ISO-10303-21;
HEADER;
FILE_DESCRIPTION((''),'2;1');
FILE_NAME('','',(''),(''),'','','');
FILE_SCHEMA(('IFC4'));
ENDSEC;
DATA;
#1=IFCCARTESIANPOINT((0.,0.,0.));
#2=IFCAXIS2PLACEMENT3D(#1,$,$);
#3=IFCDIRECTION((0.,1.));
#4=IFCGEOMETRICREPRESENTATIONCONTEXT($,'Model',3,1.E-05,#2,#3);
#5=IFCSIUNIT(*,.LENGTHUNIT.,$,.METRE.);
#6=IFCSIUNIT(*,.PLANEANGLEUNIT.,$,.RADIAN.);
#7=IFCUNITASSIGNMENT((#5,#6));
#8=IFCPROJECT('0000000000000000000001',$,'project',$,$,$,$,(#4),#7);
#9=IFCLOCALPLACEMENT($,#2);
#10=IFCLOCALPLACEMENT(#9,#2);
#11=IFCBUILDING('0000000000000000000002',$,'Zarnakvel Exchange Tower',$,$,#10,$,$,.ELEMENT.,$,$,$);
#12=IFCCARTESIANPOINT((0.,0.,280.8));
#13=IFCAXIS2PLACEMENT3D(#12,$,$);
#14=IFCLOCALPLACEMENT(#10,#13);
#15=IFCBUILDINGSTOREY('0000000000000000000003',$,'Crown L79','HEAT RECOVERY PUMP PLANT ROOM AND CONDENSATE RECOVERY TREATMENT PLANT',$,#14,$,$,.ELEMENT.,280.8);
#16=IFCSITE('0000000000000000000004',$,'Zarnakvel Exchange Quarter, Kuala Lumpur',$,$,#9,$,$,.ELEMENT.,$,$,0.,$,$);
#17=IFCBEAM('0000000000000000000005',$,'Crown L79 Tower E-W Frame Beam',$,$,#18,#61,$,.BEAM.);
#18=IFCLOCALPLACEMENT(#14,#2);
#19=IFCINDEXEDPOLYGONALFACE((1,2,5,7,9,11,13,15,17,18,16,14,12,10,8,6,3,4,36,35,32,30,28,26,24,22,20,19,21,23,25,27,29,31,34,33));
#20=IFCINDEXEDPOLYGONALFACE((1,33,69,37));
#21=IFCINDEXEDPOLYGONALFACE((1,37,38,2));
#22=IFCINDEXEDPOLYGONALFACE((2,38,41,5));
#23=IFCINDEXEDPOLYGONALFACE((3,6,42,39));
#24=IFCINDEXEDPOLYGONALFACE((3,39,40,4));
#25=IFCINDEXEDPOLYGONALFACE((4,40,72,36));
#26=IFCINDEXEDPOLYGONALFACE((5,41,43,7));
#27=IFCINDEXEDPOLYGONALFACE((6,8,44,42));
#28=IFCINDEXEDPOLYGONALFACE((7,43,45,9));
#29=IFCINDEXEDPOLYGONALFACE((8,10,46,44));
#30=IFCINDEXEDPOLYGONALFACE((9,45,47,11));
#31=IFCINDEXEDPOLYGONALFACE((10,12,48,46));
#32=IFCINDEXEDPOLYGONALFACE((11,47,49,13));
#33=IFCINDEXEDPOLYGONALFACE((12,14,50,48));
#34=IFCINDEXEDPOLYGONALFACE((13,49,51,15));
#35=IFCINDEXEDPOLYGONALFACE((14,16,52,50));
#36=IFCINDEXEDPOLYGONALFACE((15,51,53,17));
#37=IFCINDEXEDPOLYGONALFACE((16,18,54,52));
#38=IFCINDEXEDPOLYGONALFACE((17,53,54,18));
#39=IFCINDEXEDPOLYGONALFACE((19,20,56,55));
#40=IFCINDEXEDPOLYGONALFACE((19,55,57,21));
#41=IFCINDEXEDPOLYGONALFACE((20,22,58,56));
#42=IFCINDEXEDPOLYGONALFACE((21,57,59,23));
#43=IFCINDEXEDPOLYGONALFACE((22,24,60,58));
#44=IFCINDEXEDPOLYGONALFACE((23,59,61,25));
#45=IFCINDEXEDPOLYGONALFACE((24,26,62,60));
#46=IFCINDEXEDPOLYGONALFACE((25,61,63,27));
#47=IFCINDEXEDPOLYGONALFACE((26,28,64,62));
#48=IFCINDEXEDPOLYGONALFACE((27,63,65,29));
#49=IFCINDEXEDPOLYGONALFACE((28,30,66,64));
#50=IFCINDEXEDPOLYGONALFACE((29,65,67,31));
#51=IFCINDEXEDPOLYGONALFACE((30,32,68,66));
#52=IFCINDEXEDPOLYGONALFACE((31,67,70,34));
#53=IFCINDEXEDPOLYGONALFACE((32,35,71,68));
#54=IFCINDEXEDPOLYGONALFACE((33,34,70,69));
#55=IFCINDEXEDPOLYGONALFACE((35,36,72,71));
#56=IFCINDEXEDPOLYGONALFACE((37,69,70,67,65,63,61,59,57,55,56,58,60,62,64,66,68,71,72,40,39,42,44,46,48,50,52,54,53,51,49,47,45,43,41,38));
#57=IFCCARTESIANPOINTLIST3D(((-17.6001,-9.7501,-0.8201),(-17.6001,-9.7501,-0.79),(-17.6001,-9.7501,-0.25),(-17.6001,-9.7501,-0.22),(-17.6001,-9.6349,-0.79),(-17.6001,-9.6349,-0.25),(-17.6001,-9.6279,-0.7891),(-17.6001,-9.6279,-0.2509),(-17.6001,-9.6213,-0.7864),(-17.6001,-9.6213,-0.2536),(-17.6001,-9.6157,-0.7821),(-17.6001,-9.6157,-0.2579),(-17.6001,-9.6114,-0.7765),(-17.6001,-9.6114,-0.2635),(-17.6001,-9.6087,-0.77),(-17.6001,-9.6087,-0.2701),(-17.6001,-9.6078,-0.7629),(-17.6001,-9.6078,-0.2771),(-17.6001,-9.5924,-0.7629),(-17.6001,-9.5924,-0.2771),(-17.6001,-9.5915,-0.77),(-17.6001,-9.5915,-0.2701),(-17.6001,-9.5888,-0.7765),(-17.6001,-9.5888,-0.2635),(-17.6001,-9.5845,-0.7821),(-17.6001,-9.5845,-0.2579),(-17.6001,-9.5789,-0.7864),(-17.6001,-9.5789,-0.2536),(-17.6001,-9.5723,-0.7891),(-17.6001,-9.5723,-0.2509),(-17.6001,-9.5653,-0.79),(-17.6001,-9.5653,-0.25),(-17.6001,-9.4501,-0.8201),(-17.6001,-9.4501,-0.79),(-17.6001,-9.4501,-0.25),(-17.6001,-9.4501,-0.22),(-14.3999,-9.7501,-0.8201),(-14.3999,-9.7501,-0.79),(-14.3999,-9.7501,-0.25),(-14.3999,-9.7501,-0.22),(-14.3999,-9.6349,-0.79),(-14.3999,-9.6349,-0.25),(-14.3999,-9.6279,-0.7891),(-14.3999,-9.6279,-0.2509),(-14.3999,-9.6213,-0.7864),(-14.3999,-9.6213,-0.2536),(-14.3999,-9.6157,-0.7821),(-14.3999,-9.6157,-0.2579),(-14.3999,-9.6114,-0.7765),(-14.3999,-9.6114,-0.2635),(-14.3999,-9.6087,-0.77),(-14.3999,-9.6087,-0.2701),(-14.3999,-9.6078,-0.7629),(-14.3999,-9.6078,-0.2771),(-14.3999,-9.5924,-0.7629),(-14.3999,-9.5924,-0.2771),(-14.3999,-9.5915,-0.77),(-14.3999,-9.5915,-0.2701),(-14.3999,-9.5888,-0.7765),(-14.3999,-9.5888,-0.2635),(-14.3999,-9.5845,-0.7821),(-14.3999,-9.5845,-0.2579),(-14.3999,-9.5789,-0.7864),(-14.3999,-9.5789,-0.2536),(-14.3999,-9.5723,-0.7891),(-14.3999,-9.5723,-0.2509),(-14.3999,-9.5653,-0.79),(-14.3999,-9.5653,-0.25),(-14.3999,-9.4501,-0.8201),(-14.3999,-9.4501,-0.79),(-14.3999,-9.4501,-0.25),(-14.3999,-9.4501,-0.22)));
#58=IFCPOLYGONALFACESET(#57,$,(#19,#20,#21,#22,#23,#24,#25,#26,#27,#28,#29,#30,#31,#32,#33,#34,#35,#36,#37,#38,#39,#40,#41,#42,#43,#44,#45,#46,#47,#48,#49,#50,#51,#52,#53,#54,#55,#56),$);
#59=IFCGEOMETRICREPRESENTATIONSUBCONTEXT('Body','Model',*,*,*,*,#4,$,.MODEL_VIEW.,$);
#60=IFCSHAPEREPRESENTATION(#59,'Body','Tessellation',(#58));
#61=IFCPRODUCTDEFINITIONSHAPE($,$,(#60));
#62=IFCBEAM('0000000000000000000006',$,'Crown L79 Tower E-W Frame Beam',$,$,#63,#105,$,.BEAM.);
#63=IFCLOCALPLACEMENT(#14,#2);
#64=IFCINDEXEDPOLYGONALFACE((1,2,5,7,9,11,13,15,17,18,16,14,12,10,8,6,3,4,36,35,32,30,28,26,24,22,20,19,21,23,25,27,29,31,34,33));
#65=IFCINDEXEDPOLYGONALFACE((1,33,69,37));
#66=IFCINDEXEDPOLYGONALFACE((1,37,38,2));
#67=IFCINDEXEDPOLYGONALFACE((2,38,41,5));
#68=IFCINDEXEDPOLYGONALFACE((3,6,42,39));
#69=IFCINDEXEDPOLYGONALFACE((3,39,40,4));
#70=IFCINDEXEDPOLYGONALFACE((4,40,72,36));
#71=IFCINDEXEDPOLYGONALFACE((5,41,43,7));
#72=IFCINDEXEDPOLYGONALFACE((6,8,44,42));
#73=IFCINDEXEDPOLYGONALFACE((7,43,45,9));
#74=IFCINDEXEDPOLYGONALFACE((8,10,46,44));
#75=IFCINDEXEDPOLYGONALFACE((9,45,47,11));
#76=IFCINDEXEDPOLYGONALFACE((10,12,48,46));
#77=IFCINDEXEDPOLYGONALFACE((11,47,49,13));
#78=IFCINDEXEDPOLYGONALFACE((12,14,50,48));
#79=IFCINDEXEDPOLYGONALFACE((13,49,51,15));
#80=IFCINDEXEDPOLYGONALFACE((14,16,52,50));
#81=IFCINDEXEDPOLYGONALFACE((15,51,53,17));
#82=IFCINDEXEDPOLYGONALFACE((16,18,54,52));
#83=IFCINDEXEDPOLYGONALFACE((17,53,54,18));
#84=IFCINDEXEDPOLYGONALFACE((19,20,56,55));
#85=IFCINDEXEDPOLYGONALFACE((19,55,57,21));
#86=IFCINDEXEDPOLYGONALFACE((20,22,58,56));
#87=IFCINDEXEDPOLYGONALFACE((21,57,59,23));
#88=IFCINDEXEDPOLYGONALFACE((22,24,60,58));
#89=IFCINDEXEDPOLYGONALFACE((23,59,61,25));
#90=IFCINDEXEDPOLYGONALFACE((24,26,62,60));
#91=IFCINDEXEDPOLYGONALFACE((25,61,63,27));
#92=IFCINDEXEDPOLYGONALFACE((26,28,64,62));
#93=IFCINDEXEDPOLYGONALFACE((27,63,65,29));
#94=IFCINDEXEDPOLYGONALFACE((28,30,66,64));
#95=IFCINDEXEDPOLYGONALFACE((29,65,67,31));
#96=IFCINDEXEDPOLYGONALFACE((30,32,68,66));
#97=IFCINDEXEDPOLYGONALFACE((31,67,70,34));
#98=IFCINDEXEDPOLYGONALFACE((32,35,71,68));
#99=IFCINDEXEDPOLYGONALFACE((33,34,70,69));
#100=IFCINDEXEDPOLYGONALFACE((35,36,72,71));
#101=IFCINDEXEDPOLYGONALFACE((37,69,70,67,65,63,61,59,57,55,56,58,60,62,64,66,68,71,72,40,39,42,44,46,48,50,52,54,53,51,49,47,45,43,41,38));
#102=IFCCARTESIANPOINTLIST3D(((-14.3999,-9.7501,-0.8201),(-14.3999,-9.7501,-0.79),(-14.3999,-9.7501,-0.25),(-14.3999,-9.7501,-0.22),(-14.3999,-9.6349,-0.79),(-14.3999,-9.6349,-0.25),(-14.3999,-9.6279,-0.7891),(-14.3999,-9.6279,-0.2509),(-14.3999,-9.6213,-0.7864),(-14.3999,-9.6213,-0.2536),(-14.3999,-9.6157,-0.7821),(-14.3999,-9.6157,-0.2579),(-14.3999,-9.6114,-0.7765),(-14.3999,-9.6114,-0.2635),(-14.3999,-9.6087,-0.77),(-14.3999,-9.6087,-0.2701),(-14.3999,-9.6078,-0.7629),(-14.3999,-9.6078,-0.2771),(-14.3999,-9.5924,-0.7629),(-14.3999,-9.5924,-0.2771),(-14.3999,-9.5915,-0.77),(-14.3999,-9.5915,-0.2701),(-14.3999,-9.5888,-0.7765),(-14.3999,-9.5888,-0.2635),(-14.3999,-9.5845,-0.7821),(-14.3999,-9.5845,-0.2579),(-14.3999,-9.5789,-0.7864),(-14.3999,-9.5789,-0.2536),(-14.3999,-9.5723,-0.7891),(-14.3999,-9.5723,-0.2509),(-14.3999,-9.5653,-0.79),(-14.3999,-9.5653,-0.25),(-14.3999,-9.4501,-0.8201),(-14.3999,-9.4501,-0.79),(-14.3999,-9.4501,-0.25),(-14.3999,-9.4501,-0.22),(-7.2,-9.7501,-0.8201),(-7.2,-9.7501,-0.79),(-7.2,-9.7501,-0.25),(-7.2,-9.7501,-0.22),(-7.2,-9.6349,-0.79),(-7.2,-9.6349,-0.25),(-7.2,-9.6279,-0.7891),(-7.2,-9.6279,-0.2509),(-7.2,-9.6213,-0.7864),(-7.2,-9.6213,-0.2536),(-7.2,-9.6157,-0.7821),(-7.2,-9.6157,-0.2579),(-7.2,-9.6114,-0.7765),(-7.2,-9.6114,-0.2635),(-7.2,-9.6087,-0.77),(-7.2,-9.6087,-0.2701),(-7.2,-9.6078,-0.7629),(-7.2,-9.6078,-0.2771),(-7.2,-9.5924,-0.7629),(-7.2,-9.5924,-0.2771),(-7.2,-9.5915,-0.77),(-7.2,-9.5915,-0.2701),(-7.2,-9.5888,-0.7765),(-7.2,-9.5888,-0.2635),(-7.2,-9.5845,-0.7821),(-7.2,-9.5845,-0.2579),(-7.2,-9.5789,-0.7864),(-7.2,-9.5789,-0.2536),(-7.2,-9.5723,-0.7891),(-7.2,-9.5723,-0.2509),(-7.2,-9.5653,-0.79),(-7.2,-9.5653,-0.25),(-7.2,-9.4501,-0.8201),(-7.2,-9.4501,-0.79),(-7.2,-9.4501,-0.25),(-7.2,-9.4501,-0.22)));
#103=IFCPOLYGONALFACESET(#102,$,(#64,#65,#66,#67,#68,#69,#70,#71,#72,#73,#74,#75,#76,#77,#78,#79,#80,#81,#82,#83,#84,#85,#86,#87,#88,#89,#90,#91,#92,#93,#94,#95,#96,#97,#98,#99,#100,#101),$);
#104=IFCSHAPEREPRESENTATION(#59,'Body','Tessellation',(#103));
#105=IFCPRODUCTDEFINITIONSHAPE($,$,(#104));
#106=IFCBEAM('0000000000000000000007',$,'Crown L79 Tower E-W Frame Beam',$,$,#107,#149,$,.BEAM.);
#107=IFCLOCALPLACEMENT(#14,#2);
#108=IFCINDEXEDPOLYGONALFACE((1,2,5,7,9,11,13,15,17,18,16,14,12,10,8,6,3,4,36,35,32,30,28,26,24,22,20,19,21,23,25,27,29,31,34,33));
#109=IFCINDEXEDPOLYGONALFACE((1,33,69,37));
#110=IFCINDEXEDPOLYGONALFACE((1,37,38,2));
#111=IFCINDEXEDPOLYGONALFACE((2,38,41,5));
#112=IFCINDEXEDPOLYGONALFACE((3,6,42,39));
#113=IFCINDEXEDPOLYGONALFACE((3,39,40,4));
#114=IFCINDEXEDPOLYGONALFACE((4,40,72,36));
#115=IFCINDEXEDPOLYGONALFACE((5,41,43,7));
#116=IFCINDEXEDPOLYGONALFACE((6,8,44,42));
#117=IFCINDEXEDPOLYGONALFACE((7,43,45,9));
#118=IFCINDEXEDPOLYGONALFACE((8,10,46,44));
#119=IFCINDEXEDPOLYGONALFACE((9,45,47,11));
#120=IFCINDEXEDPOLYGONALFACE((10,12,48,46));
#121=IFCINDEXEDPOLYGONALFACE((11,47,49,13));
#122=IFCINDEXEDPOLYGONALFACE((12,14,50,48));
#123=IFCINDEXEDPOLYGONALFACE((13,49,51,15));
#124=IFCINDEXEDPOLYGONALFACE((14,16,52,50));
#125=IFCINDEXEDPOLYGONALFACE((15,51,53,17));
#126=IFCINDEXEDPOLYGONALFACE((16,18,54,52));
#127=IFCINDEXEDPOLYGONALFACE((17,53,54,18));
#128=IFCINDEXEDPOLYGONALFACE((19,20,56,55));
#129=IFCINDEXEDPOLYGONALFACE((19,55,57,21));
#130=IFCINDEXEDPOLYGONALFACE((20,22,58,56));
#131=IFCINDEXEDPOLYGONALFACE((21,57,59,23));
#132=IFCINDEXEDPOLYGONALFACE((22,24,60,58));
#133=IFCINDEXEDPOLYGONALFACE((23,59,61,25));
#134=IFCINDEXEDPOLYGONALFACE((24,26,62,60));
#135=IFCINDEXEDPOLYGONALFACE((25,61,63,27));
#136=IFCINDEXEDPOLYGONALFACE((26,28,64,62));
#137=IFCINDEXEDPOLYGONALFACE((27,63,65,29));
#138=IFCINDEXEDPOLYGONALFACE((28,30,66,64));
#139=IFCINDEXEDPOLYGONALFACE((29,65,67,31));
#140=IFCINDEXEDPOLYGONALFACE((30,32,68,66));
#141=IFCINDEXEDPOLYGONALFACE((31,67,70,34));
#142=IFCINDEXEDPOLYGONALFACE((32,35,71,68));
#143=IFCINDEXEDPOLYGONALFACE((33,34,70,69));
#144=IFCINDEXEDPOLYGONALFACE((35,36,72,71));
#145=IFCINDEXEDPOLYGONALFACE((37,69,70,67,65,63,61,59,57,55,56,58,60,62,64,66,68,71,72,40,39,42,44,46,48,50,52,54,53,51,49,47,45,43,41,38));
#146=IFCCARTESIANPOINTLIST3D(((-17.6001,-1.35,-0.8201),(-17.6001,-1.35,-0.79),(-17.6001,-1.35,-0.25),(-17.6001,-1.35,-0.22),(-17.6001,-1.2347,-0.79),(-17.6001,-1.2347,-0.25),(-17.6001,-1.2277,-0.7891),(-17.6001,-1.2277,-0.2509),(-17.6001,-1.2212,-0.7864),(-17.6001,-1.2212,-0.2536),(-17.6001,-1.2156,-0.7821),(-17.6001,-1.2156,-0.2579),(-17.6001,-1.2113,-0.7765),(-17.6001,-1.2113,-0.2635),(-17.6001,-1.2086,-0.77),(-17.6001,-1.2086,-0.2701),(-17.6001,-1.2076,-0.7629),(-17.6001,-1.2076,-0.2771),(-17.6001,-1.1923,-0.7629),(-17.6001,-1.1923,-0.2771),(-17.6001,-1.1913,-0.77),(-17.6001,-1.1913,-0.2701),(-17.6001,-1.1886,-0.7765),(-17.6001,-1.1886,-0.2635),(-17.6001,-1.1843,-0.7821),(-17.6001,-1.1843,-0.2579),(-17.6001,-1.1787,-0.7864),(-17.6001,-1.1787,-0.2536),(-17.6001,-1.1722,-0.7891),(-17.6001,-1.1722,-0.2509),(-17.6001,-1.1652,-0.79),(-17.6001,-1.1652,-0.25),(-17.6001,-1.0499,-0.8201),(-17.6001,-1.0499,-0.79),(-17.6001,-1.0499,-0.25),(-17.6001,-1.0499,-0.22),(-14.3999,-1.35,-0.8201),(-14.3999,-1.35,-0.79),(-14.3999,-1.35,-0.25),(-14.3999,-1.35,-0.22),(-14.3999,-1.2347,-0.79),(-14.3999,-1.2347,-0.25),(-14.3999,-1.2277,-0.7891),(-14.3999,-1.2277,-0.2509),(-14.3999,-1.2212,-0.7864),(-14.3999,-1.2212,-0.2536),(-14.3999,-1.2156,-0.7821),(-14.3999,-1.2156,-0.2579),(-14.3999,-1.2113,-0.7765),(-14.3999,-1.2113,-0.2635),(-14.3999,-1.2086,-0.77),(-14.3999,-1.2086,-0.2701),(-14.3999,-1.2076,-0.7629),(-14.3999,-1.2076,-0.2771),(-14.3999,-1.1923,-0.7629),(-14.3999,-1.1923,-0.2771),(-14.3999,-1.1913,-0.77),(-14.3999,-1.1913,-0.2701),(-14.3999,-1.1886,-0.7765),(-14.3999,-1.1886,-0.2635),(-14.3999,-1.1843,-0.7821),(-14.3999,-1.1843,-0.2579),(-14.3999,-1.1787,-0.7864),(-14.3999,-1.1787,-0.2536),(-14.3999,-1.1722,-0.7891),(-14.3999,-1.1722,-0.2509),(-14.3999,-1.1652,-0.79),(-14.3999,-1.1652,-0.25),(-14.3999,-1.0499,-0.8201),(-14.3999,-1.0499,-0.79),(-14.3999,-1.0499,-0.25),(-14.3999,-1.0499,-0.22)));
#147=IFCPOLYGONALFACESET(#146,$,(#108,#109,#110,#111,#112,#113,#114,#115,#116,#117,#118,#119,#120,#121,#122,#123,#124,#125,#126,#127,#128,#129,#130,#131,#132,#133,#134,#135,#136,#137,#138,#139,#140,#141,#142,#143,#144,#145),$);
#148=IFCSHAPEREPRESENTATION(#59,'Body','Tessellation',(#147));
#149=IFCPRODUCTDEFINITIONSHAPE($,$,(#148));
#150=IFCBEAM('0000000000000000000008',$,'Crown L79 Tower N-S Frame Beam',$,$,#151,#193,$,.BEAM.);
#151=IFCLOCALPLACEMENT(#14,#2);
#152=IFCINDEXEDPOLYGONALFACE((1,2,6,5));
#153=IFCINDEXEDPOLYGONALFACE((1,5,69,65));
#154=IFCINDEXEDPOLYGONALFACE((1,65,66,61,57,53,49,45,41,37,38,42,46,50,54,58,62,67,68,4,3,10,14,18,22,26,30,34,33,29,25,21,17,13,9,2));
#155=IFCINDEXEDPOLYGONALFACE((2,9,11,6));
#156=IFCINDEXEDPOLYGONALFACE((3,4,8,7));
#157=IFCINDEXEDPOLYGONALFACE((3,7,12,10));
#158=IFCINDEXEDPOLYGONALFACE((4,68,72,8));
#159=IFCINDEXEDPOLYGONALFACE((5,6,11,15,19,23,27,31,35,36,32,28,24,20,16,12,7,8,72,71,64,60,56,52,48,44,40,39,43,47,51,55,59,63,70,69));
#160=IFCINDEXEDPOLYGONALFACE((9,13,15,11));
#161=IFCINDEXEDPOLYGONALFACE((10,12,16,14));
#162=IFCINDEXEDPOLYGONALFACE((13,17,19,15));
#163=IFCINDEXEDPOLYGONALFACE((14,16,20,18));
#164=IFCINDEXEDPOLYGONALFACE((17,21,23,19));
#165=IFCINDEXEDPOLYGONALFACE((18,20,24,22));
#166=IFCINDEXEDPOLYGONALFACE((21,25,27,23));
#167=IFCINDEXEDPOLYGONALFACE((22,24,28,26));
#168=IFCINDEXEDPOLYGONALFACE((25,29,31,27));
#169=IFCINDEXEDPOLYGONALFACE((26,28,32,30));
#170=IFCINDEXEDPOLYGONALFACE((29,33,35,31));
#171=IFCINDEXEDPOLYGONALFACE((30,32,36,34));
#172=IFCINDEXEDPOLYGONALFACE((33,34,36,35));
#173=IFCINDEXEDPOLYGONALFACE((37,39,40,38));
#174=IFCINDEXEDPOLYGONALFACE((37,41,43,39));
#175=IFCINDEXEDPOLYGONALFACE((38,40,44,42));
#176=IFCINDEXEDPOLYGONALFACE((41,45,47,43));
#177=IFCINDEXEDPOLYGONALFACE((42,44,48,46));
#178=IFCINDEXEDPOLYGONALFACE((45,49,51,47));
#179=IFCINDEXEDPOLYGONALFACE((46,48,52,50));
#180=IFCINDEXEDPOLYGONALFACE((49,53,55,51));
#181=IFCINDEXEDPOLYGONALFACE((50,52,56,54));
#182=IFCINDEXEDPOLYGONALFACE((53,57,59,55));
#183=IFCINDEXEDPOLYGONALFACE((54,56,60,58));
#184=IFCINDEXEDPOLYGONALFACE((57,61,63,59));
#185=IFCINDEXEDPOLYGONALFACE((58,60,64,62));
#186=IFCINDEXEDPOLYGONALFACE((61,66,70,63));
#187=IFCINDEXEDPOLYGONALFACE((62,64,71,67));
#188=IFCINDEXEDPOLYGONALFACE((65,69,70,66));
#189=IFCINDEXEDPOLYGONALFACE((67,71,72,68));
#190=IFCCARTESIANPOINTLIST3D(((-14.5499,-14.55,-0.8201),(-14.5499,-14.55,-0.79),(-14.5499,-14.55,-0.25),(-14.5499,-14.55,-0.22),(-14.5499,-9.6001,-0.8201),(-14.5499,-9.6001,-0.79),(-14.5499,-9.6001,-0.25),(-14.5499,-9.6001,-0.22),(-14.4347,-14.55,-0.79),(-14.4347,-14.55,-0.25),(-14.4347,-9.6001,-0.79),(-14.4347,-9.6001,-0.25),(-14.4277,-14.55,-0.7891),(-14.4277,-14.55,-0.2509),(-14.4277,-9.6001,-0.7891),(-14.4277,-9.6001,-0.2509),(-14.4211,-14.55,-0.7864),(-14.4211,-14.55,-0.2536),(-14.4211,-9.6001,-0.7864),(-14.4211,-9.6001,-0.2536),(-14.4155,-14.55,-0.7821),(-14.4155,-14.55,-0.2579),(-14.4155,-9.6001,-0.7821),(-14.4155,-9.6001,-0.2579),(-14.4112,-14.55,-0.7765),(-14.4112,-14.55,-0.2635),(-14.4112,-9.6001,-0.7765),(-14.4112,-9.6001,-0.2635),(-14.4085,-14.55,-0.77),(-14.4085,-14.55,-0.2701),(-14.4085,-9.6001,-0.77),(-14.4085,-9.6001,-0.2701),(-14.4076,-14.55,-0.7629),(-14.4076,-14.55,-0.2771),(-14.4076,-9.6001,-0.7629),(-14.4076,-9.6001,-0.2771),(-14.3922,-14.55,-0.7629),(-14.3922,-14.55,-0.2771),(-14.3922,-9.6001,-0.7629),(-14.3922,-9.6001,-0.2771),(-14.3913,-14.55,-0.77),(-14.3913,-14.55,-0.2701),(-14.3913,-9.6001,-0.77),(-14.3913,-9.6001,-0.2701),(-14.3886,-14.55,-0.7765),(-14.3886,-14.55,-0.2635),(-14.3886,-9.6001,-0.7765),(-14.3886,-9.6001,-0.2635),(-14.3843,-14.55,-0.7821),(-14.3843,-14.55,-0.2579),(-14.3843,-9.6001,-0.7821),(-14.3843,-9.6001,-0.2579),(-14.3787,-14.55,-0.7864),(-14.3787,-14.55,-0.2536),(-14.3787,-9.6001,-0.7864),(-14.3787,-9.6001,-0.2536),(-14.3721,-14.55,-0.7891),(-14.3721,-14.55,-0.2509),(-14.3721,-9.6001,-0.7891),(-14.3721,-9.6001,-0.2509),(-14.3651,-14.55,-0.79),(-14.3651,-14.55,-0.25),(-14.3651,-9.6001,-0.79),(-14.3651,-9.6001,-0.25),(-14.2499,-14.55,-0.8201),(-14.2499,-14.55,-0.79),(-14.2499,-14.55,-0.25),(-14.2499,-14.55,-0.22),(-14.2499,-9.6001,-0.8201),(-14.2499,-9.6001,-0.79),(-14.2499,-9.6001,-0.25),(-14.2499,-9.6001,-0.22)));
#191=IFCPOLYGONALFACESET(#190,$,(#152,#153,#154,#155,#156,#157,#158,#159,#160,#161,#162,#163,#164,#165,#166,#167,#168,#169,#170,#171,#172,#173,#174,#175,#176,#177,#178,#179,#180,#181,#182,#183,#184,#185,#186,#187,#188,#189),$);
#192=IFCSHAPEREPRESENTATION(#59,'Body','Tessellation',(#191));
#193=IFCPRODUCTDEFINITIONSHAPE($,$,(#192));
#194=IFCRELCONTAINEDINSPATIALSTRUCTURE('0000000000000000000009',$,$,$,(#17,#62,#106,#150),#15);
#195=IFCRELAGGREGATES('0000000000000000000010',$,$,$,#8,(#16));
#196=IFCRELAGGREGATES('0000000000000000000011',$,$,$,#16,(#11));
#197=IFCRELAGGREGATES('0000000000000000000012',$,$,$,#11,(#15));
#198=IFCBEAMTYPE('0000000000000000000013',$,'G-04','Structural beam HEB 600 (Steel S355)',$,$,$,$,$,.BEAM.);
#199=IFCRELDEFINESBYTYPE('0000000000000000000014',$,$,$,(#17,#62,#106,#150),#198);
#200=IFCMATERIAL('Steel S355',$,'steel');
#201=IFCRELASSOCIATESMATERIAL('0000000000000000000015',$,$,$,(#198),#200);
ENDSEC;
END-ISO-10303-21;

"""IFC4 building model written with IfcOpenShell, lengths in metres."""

from ifc_helpers import new_model, si_unit, direction, frame, origin, origin_2d, place, context, subcontext, project, spatial, i_section, extrude, material, material_profile, profile_set, type_object, element, save


model = new_model("IFC4")

# Units and contexts
model_context = context("Model", 3, precision=1e-05, world=origin(), true_north=direction((0.0, 1.0)))
body_context = subcontext(model_context, "Body", "Model", "MODEL_VIEW")
ifc_project = project(units=[si_unit("LENGTHUNIT", "METRE"), si_unit("PLANEANGLEUNIT", "RADIAN")], contexts=[model_context])

# Site, building, storey
site_placement = place(None, origin())
site = spatial("IfcSite", under=ifc_project, at=site_placement, Name="Zarnakvel Exchange Quarter, Kuala Lumpur", CompositionType="ELEMENT", RefElevation=0.0)
building_placement = place(site_placement, origin())
building = spatial("IfcBuilding", under=site, at=building_placement, Name="Zarnakvel Exchange Tower", CompositionType="ELEMENT")
storey_placement = place(building_placement, frame((0.0, 0.0, 280.8)))
storey = spatial("IfcBuildingStorey", under=building, at=storey_placement, Name="Crown L79", Description="HEAT RECOVERY PUMP PLANT ROOM AND CONDENSATE RECOVERY TREATMENT PLANT", CompositionType="ELEMENT", Elevation=280.8)

# Shared definitions
ifc_material_1 = material(Name="Steel S355", Category="steel")

# Beams
ifc_material_profile_1 = material_profile(ifc_material_1, i_section(OverallWidth=0.3, OverallDepth=0.6001, WebThickness=0.0154, FlangeThickness=0.03, FilletRadius=0.0271, at=origin_2d()))
ifc_profile_set_1 = profile_set([ifc_material_profile_1], Name="Steel S355")
beam_type_1 = type_object("IfcBeamType", Name="G-04", Description="Structural beam HEB 600 (Steel S355)", PredefinedType="BEAM", material=ifc_profile_set_1)
beam_1_placement = place(storey_placement, frame((-17.6001, -9.6001, -0.52), z_axis=(1.0, 0.0, 0.0), x_axis=(0.0, 1.0, 0.0)))
element("IfcBeam", 1, at=beam_1_placement, inside=storey, type_object=beam_type_1, Name="Crown L79 Tower E-W Frame Beam", PredefinedType="BEAM", context=body_context, shape_type="SweptSolid", body=[
    extrude(i_section(OverallWidth=0.3, OverallDepth=0.6001, WebThickness=0.0154, FlangeThickness=0.03, FilletRadius=0.0271, at=origin_2d()), origin(), (0.0, 0.0, 1.0), 3.2002),
])
beam_2_placement = place(storey_placement, frame((-14.3999, -9.6001, -0.52), z_axis=(1.0, 0.0, 0.0), x_axis=(0.0, 1.0, 0.0)))
element("IfcBeam", 2, at=beam_2_placement, inside=storey, type_object=beam_type_1, Name="Crown L79 Tower E-W Frame Beam", PredefinedType="BEAM", context=body_context, shape_type="SweptSolid", body=[
    extrude(i_section(OverallWidth=0.3, OverallDepth=0.6001, WebThickness=0.0154, FlangeThickness=0.03, FilletRadius=0.0271, at=origin_2d()), origin(), (0.0, 0.0, 1.0), 7.2),
])
beam_3_placement = place(storey_placement, frame((-17.6001, -1.2, -0.52), z_axis=(1.0, 0.0, 0.0), x_axis=(0.0, 1.0, 0.0)))
element("IfcBeam", 3, at=beam_3_placement, inside=storey, type_object=beam_type_1, Name="Crown L79 Tower E-W Frame Beam", PredefinedType="BEAM", context=body_context, shape_type="SweptSolid", body=[
    extrude(i_section(OverallWidth=0.3, OverallDepth=0.6001, WebThickness=0.0154, FlangeThickness=0.03, FilletRadius=0.0271, at=origin_2d()), origin(), (0.0, 0.0, 1.0), 3.2002),
])
beam_4_placement = place(storey_placement, frame((-14.3999, -14.55, -0.52), z_axis=(0.0, 1.0, 0.0), x_axis=(-1.0, 0.0, 0.0)))
element("IfcBeam", 4, at=beam_4_placement, inside=storey, type_object=beam_type_1, Name="Crown L79 Tower N-S Frame Beam", PredefinedType="BEAM", context=body_context, shape_type="SweptSolid", body=[
    extrude(i_section(OverallWidth=0.3, OverallDepth=0.6001, WebThickness=0.0154, FlangeThickness=0.03, FilletRadius=0.0271, at=origin_2d()), origin(), (0.0, 0.0, 1.0), 4.95),
])

save(model, "model.ifc")
